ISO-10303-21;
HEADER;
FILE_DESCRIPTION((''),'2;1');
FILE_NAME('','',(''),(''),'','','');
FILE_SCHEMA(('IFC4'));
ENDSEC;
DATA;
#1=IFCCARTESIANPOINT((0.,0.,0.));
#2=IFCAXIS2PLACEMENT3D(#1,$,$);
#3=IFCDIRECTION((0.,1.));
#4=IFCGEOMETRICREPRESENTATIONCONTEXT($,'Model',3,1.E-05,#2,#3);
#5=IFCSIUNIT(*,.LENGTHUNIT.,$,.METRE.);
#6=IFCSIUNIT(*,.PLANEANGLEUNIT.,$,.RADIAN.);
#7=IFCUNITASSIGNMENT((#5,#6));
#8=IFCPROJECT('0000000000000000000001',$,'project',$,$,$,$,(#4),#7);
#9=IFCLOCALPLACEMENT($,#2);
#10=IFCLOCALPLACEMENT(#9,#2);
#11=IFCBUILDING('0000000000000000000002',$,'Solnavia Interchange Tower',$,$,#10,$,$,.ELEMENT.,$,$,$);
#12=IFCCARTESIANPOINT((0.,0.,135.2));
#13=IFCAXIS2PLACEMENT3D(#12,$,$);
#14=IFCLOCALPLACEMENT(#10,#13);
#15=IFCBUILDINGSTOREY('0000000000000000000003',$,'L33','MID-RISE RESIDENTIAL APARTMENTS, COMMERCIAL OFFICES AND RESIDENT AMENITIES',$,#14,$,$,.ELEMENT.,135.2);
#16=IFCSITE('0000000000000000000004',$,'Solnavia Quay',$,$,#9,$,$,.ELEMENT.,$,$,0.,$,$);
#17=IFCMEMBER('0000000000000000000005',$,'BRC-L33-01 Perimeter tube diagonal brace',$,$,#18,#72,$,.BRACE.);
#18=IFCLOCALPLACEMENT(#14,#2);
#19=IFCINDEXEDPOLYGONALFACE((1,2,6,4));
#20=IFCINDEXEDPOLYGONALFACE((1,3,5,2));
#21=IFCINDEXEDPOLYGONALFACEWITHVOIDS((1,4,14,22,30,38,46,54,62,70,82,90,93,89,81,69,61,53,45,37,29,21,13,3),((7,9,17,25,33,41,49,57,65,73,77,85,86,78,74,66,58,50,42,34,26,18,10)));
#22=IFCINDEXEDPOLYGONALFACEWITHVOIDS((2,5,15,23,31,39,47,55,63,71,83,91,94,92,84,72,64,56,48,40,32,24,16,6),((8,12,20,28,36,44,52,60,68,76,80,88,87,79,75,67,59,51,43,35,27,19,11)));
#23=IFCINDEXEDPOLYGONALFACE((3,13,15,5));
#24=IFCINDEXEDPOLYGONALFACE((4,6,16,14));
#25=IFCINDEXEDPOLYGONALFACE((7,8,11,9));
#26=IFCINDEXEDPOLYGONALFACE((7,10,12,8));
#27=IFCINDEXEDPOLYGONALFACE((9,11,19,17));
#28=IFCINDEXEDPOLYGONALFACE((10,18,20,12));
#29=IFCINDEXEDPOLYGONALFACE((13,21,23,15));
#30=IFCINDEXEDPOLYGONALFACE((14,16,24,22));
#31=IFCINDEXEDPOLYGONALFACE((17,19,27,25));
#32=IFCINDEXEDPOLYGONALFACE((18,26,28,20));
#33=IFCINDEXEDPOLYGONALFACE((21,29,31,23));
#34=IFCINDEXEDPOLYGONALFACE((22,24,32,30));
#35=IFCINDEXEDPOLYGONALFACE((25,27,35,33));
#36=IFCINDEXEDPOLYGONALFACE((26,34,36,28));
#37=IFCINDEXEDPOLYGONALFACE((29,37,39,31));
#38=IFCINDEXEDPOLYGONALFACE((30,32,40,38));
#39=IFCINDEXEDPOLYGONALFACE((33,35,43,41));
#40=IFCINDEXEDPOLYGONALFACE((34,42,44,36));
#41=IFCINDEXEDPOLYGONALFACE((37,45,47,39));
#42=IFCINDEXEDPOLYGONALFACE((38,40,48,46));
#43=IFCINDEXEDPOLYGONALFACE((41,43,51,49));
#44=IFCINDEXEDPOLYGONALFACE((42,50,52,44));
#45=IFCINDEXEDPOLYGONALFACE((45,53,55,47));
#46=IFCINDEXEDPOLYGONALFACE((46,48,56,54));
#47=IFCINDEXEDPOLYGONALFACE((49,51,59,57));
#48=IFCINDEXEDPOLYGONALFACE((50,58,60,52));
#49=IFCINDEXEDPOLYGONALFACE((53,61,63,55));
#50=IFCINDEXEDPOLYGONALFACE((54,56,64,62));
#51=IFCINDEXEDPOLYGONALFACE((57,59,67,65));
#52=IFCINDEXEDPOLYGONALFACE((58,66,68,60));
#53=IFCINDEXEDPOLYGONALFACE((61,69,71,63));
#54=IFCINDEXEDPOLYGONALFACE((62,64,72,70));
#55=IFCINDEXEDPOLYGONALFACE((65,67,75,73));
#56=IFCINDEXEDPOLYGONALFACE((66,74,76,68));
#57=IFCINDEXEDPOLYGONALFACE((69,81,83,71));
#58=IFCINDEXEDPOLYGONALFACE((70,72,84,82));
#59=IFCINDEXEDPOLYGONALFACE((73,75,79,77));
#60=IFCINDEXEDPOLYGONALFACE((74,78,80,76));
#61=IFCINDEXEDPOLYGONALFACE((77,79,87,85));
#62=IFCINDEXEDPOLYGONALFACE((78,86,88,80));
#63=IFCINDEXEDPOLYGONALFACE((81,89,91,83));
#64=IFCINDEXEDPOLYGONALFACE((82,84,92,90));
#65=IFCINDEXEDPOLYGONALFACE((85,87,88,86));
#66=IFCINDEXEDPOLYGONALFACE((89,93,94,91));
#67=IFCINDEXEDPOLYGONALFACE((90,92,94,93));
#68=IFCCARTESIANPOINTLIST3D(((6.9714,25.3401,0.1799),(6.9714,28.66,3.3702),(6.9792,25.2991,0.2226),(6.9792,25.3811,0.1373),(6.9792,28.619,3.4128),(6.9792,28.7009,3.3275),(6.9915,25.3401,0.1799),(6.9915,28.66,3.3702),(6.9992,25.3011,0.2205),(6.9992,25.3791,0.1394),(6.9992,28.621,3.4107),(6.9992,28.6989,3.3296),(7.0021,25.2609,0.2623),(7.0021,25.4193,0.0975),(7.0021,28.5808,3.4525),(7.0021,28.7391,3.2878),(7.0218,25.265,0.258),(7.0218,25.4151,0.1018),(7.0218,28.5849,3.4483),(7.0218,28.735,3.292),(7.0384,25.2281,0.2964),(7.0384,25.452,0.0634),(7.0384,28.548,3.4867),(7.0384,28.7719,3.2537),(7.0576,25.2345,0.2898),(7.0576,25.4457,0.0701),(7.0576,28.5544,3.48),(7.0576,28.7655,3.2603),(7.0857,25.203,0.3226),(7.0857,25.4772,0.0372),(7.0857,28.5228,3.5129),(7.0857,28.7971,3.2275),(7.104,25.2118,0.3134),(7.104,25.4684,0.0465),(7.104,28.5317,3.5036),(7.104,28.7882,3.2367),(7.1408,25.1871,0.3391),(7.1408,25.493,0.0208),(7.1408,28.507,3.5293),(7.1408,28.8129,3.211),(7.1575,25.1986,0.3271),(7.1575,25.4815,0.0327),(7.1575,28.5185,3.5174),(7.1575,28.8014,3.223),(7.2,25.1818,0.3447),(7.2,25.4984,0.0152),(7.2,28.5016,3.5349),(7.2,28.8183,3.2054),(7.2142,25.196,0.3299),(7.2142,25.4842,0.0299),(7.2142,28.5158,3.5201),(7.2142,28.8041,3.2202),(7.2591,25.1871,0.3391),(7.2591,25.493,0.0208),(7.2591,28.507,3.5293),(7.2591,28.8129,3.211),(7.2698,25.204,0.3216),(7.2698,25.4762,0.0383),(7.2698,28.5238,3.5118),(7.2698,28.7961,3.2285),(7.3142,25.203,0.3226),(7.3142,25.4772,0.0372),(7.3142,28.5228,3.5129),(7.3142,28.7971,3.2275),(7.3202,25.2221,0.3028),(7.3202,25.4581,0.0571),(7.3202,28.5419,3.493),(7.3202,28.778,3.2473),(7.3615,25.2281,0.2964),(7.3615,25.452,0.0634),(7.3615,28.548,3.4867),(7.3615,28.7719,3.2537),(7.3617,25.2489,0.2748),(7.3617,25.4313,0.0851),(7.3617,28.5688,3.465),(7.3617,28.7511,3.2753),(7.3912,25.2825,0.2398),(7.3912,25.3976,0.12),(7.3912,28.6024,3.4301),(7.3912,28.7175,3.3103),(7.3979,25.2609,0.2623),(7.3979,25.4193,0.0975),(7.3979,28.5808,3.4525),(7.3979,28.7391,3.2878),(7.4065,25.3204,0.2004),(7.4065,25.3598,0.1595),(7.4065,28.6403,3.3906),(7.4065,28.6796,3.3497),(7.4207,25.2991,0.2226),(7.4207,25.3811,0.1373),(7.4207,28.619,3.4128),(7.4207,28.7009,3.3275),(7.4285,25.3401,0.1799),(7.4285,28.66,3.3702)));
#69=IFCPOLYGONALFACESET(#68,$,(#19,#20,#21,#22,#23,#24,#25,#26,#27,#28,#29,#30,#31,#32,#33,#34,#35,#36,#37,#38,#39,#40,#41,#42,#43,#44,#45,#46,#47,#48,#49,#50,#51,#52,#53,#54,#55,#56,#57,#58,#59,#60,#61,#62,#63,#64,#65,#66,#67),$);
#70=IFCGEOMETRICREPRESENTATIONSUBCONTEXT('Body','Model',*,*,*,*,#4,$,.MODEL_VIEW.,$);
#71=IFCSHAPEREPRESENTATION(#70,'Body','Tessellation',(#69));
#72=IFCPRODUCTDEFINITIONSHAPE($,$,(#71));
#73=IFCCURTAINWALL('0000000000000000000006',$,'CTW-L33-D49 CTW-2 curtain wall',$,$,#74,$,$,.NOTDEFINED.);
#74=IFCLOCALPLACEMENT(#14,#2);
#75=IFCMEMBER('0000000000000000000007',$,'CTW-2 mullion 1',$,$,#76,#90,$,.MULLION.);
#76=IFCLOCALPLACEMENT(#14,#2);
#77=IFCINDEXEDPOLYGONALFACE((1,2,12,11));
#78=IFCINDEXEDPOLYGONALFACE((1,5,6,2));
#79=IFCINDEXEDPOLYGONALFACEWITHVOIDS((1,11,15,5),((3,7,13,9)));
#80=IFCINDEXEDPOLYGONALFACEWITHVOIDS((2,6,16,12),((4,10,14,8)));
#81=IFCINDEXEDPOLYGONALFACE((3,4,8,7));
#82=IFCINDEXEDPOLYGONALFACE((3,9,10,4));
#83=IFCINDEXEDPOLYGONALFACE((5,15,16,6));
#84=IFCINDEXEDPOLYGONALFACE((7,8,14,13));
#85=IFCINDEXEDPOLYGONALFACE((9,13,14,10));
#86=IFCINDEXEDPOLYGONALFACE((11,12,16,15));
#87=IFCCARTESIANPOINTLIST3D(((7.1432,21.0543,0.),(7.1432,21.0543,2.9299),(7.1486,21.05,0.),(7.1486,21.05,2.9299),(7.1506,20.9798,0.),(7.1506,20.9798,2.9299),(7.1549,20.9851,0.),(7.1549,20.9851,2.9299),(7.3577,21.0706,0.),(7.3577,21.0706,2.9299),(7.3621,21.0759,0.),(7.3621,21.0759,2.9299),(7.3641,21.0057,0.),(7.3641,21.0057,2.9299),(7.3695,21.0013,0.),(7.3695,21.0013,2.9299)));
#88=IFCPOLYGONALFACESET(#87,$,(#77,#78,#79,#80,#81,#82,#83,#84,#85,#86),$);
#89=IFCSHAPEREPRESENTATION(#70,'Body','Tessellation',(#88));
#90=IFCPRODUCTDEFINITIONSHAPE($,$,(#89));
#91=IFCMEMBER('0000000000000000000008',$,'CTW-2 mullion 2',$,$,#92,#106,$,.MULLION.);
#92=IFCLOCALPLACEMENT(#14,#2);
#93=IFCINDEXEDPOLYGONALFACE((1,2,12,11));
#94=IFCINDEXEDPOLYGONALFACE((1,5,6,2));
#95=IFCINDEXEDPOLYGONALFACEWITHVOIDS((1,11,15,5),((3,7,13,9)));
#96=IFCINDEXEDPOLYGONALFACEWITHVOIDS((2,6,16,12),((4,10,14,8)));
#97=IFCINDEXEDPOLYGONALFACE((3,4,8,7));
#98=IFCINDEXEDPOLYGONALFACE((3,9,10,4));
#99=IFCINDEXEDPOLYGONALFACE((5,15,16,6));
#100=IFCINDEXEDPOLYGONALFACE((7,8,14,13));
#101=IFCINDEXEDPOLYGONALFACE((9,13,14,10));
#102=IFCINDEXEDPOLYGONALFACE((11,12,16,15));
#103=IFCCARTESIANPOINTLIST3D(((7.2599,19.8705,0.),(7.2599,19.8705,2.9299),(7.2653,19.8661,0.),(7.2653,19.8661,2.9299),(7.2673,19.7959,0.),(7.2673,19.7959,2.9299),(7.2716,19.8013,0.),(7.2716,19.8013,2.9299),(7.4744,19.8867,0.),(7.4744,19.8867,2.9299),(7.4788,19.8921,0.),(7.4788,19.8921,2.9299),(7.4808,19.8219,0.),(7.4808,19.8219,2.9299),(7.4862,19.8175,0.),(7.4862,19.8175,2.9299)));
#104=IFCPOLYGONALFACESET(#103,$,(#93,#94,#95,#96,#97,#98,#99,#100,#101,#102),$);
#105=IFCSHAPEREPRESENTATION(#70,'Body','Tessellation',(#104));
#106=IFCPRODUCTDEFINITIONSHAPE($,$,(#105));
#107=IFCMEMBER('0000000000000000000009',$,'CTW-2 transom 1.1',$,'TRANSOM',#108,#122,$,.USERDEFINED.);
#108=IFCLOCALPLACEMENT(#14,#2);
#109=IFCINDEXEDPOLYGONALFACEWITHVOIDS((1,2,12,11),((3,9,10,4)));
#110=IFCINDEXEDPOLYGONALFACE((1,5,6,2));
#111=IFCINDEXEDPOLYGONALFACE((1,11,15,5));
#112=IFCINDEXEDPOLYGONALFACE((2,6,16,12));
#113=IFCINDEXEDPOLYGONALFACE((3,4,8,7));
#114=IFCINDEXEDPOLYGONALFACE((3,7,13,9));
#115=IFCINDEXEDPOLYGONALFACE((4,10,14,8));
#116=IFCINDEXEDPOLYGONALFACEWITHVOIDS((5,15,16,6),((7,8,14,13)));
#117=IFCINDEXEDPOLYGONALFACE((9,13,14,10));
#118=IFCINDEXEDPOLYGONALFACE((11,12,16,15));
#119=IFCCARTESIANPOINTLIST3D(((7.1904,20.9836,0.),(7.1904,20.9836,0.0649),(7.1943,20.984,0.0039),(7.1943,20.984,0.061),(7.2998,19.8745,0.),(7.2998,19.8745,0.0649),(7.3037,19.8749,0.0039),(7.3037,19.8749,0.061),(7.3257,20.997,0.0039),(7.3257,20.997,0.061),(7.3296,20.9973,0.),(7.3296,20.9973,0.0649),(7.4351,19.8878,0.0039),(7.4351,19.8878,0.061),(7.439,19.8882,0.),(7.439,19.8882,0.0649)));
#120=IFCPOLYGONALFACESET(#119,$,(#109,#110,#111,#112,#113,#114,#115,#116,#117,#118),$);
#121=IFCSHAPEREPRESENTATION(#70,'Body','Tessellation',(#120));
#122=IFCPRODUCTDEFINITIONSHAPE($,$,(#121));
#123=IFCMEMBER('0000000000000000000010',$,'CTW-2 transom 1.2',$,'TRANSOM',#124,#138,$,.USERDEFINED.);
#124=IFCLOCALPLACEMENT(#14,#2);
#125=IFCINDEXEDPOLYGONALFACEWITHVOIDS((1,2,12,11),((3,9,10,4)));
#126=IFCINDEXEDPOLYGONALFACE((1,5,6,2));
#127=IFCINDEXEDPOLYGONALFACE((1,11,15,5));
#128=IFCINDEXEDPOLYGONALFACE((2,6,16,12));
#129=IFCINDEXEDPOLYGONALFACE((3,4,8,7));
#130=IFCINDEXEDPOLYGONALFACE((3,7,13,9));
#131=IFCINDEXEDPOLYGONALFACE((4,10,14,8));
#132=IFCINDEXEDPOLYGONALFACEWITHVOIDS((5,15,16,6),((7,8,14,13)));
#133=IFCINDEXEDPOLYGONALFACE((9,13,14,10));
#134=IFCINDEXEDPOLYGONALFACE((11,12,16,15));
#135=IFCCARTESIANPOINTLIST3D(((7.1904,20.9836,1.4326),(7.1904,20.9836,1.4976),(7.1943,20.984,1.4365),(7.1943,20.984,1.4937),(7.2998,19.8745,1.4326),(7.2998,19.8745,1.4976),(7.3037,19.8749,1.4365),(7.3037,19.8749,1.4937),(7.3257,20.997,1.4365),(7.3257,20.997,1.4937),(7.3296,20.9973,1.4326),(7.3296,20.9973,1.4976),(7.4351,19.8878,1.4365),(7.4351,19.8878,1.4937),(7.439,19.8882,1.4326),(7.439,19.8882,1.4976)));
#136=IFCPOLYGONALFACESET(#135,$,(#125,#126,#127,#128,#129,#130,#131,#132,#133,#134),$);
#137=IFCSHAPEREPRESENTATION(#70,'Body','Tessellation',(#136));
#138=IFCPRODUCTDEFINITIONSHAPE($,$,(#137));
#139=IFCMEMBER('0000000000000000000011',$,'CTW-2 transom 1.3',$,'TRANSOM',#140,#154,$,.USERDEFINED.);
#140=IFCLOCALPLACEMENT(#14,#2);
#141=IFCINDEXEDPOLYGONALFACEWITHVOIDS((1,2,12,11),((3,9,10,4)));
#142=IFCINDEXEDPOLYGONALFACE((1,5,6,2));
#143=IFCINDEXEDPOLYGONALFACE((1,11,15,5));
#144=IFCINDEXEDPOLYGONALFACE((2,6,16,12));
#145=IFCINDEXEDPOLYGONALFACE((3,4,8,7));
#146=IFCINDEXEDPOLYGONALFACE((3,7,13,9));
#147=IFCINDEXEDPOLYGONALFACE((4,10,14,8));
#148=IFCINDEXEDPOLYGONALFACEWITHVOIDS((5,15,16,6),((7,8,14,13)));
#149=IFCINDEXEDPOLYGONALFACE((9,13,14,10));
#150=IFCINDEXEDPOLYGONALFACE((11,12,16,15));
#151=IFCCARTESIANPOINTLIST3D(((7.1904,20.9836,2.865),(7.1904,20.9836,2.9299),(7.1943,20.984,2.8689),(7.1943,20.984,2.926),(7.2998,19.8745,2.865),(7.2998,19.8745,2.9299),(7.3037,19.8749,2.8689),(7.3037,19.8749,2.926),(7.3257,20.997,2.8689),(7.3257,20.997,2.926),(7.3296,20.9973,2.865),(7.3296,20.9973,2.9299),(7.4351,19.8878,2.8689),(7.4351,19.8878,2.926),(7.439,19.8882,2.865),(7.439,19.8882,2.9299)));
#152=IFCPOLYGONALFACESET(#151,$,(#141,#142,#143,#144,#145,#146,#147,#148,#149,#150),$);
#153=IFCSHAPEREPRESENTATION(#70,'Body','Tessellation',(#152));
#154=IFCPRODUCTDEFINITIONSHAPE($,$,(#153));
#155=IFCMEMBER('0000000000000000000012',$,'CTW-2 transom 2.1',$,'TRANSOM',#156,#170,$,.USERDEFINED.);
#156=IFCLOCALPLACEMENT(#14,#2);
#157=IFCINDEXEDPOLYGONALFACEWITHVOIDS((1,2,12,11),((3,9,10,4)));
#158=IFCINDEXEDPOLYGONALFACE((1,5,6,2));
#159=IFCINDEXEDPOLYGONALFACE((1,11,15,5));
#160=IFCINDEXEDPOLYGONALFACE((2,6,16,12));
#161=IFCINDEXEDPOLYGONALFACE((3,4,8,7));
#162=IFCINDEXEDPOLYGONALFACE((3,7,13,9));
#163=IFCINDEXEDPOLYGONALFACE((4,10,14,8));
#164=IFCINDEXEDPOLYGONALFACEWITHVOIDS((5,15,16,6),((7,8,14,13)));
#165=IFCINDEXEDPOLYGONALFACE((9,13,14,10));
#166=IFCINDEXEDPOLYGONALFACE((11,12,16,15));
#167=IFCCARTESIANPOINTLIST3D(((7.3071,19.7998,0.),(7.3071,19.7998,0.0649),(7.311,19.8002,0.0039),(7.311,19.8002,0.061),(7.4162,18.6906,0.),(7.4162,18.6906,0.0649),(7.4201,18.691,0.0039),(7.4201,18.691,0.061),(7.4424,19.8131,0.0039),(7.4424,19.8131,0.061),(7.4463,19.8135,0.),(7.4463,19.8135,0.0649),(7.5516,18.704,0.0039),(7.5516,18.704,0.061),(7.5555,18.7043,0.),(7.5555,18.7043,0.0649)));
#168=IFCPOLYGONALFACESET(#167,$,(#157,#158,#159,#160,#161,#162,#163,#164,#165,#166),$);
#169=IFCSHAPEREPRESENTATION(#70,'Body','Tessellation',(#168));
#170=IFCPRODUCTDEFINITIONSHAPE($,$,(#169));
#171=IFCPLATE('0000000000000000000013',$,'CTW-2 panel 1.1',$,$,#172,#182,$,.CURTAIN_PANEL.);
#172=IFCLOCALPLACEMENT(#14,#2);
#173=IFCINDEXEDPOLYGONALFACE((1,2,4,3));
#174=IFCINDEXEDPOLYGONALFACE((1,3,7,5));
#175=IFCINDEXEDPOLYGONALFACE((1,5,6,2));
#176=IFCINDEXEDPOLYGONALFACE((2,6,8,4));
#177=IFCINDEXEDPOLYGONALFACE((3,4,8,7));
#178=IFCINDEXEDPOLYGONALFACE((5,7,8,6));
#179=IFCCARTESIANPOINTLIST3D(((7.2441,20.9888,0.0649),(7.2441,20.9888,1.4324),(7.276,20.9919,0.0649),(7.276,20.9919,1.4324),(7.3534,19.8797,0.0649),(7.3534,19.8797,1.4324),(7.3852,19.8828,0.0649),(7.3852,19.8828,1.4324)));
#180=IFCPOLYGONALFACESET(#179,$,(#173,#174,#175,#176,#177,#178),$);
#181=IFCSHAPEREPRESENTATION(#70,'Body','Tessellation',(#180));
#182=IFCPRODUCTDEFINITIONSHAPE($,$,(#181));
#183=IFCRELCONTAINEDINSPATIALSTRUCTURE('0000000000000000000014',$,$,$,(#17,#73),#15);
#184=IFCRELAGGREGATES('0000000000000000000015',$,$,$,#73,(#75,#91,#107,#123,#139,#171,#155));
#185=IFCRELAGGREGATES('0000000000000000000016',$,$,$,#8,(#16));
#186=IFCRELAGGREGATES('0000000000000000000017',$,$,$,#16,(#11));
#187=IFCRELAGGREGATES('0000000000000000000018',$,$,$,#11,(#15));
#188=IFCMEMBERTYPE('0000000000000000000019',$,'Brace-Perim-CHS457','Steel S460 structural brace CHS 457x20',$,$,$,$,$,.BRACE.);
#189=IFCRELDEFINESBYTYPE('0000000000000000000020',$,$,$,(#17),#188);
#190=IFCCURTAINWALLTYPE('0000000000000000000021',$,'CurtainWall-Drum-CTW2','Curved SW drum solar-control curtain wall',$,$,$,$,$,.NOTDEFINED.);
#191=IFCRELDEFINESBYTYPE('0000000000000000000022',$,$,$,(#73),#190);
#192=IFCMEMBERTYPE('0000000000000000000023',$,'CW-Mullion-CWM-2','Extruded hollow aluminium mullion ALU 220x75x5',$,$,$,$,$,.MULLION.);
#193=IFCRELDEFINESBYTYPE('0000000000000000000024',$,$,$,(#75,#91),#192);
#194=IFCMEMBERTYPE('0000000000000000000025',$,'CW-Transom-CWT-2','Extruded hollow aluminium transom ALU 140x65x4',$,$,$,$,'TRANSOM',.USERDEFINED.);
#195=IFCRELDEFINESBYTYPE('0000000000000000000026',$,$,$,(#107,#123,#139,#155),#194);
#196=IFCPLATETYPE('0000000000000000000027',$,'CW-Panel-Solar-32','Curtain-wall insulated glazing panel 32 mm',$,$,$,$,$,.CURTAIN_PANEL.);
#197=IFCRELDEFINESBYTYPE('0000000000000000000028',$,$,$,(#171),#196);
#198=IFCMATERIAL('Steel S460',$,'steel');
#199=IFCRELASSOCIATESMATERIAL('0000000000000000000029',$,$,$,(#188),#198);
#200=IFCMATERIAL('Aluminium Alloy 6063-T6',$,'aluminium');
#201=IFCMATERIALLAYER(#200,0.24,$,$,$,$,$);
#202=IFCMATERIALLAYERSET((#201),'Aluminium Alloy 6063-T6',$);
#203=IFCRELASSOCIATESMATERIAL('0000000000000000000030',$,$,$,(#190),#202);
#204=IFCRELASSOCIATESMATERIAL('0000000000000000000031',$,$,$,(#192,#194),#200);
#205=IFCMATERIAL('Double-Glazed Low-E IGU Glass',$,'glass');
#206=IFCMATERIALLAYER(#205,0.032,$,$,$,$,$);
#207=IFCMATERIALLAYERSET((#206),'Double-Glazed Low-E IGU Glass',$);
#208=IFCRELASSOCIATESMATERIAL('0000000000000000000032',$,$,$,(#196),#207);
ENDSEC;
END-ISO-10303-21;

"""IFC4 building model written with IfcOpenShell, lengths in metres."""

from ifc_helpers import new_model, si_unit, direction, frame, origin, origin_2d, place, context, subcontext, project, spatial, rectangle, hollow_rectangle, hollow_circle, extrude, material, layer, layer_set, material_profile, profile_set, type_object, element, aggregate, save


model = new_model("IFC4")

# Units and contexts
model_context = context("Model", 3, precision=1e-05, world=origin(), true_north=direction((0.0, 1.0)))
body_context = subcontext(model_context, "Body", "Model", "MODEL_VIEW")
ifc_project = project(units=[si_unit("LENGTHUNIT", "METRE"), si_unit("PLANEANGLEUNIT", "RADIAN")], contexts=[model_context])

# Site, building, storey
site_placement = place(None, origin())
site = spatial("IfcSite", under=ifc_project, at=site_placement, Name="Solnavia Quay", CompositionType="ELEMENT", RefElevation=0.0)
building_placement = place(site_placement, origin())
building = spatial("IfcBuilding", under=site, at=building_placement, Name="Solnavia Interchange Tower", CompositionType="ELEMENT")
storey_placement = place(building_placement, frame((0.0, 0.0, 135.2)))
storey = spatial("IfcBuildingStorey", under=building, at=storey_placement, Name="L33", Description="MID-RISE RESIDENTIAL APARTMENTS, COMMERCIAL OFFICES AND RESIDENT AMENITIES", CompositionType="ELEMENT", Elevation=135.2)

# Shared definitions
ifc_material_1 = material(Name="Steel S460", Category="steel")

# Member
ifc_material_profile_1 = material_profile(ifc_material_1, hollow_circle(Radius=0.2285, WallThickness=0.02, at=origin_2d()), Name="CHS 457x20")
ifc_profile_set_1 = profile_set([ifc_material_profile_1], Name="Steel S460")
member_type_1 = type_object("IfcMemberType", Name="Brace-Perim-CHS457", Description="Steel S460 structural brace CHS 457x20", PredefinedType="BRACE", material=ifc_profile_set_1)
member_1_placement = place(storey_placement, frame((7.2, 25.3401, 0.1799), z_axis=(0.0, 0.721045, 0.692888), x_axis=(-1.0, 0.0, 0.0)))
element("IfcMember", 1, at=member_1_placement, inside=storey, type_object=member_type_1, Name="BRC-L33-01 Perimeter tube diagonal brace", PredefinedType="BRACE", context=body_context, shape_type="SweptSolid", body=[
    extrude(hollow_circle(Radius=0.2285, WallThickness=0.02, at=origin_2d()), origin(), (0.0, 0.0, 1.0), 4.6042),
])

# Curtain wall, members, plate
ifc_material_2 = material(Name="Aluminium Alloy 6063-T6", Category="aluminium")
ifc_layer_1 = layer(ifc_material_2, 0.24)
ifc_layer_set_1 = layer_set([ifc_layer_1], Name="Aluminium Alloy 6063-T6")
curtain_wall_type = type_object("IfcCurtainWallType", Name="CurtainWall-Drum-CTW2", Description="Curved SW drum solar-control curtain wall", PredefinedType="NOTDEFINED", material=ifc_layer_set_1)
curtain_wall_placement = place(storey_placement, origin())
curtain_wall = element("IfcCurtainWall", 2, at=curtain_wall_placement, inside=storey, type_object=curtain_wall_type, Name="CTW-L33-D49 CTW-2 curtain wall", PredefinedType="NOTDEFINED")
ifc_material_profile_2 = material_profile(ifc_material_2, hollow_rectangle(XDim=0.075, YDim=0.22, WallThickness=0.0049, at=origin_2d()), Name="ALU 220x75x5")
ifc_profile_set_2 = profile_set([ifc_material_profile_2], Name="Aluminium Alloy 6063-T6")
member_type_2 = type_object("IfcMemberType", Name="CW-Mullion-CWM-2", Description="Extruded hollow aluminium mullion ALU 220x75x5", PredefinedType="MULLION", material=ifc_profile_set_2)
member_2_placement = place(storey_placement, frame((7.2563, 21.0278, 0.0), z_axis=(0.0, 0.0, 1.0), x_axis=(0.098043, -0.995182, 0.0)))
member_2 = element("IfcMember", 3, at=member_2_placement, type_object=member_type_2, Name="CTW-2 mullion 1", PredefinedType="MULLION", context=body_context, shape_type="SweptSolid", body=[
    extrude(hollow_rectangle(XDim=0.075, YDim=0.22, WallThickness=0.0049, at=origin_2d()), origin(), (0.0, 0.0, 1.0), 2.9299),
])
member_3_placement = place(storey_placement, frame((7.373, 19.844, 0.0), z_axis=(0.0, 0.0, 1.0), x_axis=(0.098043, -0.995182, 0.0)))
member_3 = element("IfcMember", 4, at=member_3_placement, type_object=member_type_2, Name="CTW-2 mullion 2", PredefinedType="MULLION", context=body_context, shape_type="SweptSolid", body=[
    extrude(hollow_rectangle(XDim=0.075, YDim=0.22, WallThickness=0.0049, at=origin_2d()), origin(), (0.0, 0.0, 1.0), 2.9299),
])
ifc_material_profile_3 = material_profile(ifc_material_2, hollow_rectangle(XDim=0.0649, YDim=0.1399, WallThickness=0.0039, at=origin_2d()), Name="ALU 140x65x4")
ifc_profile_set_3 = profile_set([ifc_material_profile_3], Name="Aluminium Alloy 6063-T6")
member_type_3 = type_object("IfcMemberType", Name="CW-Transom-CWT-2", Description="Extruded hollow aluminium transom ALU 140x65x4", ElementType="TRANSOM", PredefinedType="USERDEFINED", material=ifc_profile_set_3)
member_4_placement = place(storey_placement, frame((7.26, 20.9905, 0.0325), z_axis=(0.098137, -0.995173, 0.0), x_axis=(0.0, 0.0, 1.0)))
member_4 = element("IfcMember", 5, at=member_4_placement, type_object=member_type_3, Name="CTW-2 transom 1.1", ObjectType="TRANSOM", PredefinedType="USERDEFINED", context=body_context, shape_type="SweptSolid", body=[
    extrude(hollow_rectangle(XDim=0.0649, YDim=0.1399, WallThickness=0.0039, at=origin_2d()), origin(), (0.0, 0.0, 1.0), 1.1145),
])
member_5_placement = place(storey_placement, frame((7.26, 20.9905, 1.4651), z_axis=(0.098137, -0.995173, 0.0), x_axis=(0.0, 0.0, 1.0)))
member_5 = element("IfcMember", 6, at=member_5_placement, type_object=member_type_3, Name="CTW-2 transom 1.2", ObjectType="TRANSOM", PredefinedType="USERDEFINED", context=body_context, shape_type="SweptSolid", body=[
    extrude(hollow_rectangle(XDim=0.0649, YDim=0.1399, WallThickness=0.0039, at=origin_2d()), origin(), (0.0, 0.0, 1.0), 1.1145),
])
member_6_placement = place(storey_placement, frame((7.26, 20.9905, 2.8975), z_axis=(0.098137, -0.995173, 0.0), x_axis=(0.0, 0.0, 1.0)))
member_6 = element("IfcMember", 7, at=member_6_placement, type_object=member_type_3, Name="CTW-2 transom 1.3", ObjectType="TRANSOM", PredefinedType="USERDEFINED", context=body_context, shape_type="SweptSolid", body=[
    extrude(hollow_rectangle(XDim=0.0649, YDim=0.1399, WallThickness=0.0039, at=origin_2d()), origin(), (0.0, 0.0, 1.0), 1.1145),
])
member_7_placement = place(storey_placement, frame((7.3767, 19.8066, 0.0325), z_axis=(0.09792, -0.995194, 0.0), x_axis=(0.0, 0.0, 1.0)))
member_7 = element("IfcMember", 8, at=member_7_placement, type_object=member_type_3, Name="CTW-2 transom 2.1", ObjectType="TRANSOM", PredefinedType="USERDEFINED", context=body_context, shape_type="SweptSolid", body=[
    extrude(hollow_rectangle(XDim=0.0649, YDim=0.1399, WallThickness=0.0039, at=origin_2d()), origin(), (0.0, 0.0, 1.0), 1.1145),
])
ifc_material_3 = material(Name="Double-Glazed Low-E IGU Glass", Category="glass")
ifc_layer_2 = layer(ifc_material_3, 0.032)
ifc_layer_set_2 = layer_set([ifc_layer_2], Name="Double-Glazed Low-E IGU Glass")
plate_type_1 = type_object("IfcPlateType", Name="CW-Panel-Solar-32", Description="Curtain-wall insulated glazing panel 32 mm", PredefinedType="CURTAIN_PANEL", material=ifc_layer_set_2)
plate_1_placement = place(storey_placement, frame((7.3147, 20.4358, 0.0649), z_axis=(0.0, 0.0, 1.0), x_axis=(0.098043, -0.995182, 0.0)))
plate_1 = element("IfcPlate", 9, at=plate_1_placement, type_object=plate_type_1, Name="CTW-2 panel 1.1", PredefinedType="CURTAIN_PANEL", context=body_context, shape_type="SweptSolid", body=[
    extrude(rectangle(XDim=1.1145, YDim=0.032, at=origin_2d()), origin(), (0.0, 0.0, 1.0), 1.3674),
])
aggregate(curtain_wall, [member_2, member_3, member_4, member_5, member_6, plate_1, member_7])

save(model, "model.ifc")
